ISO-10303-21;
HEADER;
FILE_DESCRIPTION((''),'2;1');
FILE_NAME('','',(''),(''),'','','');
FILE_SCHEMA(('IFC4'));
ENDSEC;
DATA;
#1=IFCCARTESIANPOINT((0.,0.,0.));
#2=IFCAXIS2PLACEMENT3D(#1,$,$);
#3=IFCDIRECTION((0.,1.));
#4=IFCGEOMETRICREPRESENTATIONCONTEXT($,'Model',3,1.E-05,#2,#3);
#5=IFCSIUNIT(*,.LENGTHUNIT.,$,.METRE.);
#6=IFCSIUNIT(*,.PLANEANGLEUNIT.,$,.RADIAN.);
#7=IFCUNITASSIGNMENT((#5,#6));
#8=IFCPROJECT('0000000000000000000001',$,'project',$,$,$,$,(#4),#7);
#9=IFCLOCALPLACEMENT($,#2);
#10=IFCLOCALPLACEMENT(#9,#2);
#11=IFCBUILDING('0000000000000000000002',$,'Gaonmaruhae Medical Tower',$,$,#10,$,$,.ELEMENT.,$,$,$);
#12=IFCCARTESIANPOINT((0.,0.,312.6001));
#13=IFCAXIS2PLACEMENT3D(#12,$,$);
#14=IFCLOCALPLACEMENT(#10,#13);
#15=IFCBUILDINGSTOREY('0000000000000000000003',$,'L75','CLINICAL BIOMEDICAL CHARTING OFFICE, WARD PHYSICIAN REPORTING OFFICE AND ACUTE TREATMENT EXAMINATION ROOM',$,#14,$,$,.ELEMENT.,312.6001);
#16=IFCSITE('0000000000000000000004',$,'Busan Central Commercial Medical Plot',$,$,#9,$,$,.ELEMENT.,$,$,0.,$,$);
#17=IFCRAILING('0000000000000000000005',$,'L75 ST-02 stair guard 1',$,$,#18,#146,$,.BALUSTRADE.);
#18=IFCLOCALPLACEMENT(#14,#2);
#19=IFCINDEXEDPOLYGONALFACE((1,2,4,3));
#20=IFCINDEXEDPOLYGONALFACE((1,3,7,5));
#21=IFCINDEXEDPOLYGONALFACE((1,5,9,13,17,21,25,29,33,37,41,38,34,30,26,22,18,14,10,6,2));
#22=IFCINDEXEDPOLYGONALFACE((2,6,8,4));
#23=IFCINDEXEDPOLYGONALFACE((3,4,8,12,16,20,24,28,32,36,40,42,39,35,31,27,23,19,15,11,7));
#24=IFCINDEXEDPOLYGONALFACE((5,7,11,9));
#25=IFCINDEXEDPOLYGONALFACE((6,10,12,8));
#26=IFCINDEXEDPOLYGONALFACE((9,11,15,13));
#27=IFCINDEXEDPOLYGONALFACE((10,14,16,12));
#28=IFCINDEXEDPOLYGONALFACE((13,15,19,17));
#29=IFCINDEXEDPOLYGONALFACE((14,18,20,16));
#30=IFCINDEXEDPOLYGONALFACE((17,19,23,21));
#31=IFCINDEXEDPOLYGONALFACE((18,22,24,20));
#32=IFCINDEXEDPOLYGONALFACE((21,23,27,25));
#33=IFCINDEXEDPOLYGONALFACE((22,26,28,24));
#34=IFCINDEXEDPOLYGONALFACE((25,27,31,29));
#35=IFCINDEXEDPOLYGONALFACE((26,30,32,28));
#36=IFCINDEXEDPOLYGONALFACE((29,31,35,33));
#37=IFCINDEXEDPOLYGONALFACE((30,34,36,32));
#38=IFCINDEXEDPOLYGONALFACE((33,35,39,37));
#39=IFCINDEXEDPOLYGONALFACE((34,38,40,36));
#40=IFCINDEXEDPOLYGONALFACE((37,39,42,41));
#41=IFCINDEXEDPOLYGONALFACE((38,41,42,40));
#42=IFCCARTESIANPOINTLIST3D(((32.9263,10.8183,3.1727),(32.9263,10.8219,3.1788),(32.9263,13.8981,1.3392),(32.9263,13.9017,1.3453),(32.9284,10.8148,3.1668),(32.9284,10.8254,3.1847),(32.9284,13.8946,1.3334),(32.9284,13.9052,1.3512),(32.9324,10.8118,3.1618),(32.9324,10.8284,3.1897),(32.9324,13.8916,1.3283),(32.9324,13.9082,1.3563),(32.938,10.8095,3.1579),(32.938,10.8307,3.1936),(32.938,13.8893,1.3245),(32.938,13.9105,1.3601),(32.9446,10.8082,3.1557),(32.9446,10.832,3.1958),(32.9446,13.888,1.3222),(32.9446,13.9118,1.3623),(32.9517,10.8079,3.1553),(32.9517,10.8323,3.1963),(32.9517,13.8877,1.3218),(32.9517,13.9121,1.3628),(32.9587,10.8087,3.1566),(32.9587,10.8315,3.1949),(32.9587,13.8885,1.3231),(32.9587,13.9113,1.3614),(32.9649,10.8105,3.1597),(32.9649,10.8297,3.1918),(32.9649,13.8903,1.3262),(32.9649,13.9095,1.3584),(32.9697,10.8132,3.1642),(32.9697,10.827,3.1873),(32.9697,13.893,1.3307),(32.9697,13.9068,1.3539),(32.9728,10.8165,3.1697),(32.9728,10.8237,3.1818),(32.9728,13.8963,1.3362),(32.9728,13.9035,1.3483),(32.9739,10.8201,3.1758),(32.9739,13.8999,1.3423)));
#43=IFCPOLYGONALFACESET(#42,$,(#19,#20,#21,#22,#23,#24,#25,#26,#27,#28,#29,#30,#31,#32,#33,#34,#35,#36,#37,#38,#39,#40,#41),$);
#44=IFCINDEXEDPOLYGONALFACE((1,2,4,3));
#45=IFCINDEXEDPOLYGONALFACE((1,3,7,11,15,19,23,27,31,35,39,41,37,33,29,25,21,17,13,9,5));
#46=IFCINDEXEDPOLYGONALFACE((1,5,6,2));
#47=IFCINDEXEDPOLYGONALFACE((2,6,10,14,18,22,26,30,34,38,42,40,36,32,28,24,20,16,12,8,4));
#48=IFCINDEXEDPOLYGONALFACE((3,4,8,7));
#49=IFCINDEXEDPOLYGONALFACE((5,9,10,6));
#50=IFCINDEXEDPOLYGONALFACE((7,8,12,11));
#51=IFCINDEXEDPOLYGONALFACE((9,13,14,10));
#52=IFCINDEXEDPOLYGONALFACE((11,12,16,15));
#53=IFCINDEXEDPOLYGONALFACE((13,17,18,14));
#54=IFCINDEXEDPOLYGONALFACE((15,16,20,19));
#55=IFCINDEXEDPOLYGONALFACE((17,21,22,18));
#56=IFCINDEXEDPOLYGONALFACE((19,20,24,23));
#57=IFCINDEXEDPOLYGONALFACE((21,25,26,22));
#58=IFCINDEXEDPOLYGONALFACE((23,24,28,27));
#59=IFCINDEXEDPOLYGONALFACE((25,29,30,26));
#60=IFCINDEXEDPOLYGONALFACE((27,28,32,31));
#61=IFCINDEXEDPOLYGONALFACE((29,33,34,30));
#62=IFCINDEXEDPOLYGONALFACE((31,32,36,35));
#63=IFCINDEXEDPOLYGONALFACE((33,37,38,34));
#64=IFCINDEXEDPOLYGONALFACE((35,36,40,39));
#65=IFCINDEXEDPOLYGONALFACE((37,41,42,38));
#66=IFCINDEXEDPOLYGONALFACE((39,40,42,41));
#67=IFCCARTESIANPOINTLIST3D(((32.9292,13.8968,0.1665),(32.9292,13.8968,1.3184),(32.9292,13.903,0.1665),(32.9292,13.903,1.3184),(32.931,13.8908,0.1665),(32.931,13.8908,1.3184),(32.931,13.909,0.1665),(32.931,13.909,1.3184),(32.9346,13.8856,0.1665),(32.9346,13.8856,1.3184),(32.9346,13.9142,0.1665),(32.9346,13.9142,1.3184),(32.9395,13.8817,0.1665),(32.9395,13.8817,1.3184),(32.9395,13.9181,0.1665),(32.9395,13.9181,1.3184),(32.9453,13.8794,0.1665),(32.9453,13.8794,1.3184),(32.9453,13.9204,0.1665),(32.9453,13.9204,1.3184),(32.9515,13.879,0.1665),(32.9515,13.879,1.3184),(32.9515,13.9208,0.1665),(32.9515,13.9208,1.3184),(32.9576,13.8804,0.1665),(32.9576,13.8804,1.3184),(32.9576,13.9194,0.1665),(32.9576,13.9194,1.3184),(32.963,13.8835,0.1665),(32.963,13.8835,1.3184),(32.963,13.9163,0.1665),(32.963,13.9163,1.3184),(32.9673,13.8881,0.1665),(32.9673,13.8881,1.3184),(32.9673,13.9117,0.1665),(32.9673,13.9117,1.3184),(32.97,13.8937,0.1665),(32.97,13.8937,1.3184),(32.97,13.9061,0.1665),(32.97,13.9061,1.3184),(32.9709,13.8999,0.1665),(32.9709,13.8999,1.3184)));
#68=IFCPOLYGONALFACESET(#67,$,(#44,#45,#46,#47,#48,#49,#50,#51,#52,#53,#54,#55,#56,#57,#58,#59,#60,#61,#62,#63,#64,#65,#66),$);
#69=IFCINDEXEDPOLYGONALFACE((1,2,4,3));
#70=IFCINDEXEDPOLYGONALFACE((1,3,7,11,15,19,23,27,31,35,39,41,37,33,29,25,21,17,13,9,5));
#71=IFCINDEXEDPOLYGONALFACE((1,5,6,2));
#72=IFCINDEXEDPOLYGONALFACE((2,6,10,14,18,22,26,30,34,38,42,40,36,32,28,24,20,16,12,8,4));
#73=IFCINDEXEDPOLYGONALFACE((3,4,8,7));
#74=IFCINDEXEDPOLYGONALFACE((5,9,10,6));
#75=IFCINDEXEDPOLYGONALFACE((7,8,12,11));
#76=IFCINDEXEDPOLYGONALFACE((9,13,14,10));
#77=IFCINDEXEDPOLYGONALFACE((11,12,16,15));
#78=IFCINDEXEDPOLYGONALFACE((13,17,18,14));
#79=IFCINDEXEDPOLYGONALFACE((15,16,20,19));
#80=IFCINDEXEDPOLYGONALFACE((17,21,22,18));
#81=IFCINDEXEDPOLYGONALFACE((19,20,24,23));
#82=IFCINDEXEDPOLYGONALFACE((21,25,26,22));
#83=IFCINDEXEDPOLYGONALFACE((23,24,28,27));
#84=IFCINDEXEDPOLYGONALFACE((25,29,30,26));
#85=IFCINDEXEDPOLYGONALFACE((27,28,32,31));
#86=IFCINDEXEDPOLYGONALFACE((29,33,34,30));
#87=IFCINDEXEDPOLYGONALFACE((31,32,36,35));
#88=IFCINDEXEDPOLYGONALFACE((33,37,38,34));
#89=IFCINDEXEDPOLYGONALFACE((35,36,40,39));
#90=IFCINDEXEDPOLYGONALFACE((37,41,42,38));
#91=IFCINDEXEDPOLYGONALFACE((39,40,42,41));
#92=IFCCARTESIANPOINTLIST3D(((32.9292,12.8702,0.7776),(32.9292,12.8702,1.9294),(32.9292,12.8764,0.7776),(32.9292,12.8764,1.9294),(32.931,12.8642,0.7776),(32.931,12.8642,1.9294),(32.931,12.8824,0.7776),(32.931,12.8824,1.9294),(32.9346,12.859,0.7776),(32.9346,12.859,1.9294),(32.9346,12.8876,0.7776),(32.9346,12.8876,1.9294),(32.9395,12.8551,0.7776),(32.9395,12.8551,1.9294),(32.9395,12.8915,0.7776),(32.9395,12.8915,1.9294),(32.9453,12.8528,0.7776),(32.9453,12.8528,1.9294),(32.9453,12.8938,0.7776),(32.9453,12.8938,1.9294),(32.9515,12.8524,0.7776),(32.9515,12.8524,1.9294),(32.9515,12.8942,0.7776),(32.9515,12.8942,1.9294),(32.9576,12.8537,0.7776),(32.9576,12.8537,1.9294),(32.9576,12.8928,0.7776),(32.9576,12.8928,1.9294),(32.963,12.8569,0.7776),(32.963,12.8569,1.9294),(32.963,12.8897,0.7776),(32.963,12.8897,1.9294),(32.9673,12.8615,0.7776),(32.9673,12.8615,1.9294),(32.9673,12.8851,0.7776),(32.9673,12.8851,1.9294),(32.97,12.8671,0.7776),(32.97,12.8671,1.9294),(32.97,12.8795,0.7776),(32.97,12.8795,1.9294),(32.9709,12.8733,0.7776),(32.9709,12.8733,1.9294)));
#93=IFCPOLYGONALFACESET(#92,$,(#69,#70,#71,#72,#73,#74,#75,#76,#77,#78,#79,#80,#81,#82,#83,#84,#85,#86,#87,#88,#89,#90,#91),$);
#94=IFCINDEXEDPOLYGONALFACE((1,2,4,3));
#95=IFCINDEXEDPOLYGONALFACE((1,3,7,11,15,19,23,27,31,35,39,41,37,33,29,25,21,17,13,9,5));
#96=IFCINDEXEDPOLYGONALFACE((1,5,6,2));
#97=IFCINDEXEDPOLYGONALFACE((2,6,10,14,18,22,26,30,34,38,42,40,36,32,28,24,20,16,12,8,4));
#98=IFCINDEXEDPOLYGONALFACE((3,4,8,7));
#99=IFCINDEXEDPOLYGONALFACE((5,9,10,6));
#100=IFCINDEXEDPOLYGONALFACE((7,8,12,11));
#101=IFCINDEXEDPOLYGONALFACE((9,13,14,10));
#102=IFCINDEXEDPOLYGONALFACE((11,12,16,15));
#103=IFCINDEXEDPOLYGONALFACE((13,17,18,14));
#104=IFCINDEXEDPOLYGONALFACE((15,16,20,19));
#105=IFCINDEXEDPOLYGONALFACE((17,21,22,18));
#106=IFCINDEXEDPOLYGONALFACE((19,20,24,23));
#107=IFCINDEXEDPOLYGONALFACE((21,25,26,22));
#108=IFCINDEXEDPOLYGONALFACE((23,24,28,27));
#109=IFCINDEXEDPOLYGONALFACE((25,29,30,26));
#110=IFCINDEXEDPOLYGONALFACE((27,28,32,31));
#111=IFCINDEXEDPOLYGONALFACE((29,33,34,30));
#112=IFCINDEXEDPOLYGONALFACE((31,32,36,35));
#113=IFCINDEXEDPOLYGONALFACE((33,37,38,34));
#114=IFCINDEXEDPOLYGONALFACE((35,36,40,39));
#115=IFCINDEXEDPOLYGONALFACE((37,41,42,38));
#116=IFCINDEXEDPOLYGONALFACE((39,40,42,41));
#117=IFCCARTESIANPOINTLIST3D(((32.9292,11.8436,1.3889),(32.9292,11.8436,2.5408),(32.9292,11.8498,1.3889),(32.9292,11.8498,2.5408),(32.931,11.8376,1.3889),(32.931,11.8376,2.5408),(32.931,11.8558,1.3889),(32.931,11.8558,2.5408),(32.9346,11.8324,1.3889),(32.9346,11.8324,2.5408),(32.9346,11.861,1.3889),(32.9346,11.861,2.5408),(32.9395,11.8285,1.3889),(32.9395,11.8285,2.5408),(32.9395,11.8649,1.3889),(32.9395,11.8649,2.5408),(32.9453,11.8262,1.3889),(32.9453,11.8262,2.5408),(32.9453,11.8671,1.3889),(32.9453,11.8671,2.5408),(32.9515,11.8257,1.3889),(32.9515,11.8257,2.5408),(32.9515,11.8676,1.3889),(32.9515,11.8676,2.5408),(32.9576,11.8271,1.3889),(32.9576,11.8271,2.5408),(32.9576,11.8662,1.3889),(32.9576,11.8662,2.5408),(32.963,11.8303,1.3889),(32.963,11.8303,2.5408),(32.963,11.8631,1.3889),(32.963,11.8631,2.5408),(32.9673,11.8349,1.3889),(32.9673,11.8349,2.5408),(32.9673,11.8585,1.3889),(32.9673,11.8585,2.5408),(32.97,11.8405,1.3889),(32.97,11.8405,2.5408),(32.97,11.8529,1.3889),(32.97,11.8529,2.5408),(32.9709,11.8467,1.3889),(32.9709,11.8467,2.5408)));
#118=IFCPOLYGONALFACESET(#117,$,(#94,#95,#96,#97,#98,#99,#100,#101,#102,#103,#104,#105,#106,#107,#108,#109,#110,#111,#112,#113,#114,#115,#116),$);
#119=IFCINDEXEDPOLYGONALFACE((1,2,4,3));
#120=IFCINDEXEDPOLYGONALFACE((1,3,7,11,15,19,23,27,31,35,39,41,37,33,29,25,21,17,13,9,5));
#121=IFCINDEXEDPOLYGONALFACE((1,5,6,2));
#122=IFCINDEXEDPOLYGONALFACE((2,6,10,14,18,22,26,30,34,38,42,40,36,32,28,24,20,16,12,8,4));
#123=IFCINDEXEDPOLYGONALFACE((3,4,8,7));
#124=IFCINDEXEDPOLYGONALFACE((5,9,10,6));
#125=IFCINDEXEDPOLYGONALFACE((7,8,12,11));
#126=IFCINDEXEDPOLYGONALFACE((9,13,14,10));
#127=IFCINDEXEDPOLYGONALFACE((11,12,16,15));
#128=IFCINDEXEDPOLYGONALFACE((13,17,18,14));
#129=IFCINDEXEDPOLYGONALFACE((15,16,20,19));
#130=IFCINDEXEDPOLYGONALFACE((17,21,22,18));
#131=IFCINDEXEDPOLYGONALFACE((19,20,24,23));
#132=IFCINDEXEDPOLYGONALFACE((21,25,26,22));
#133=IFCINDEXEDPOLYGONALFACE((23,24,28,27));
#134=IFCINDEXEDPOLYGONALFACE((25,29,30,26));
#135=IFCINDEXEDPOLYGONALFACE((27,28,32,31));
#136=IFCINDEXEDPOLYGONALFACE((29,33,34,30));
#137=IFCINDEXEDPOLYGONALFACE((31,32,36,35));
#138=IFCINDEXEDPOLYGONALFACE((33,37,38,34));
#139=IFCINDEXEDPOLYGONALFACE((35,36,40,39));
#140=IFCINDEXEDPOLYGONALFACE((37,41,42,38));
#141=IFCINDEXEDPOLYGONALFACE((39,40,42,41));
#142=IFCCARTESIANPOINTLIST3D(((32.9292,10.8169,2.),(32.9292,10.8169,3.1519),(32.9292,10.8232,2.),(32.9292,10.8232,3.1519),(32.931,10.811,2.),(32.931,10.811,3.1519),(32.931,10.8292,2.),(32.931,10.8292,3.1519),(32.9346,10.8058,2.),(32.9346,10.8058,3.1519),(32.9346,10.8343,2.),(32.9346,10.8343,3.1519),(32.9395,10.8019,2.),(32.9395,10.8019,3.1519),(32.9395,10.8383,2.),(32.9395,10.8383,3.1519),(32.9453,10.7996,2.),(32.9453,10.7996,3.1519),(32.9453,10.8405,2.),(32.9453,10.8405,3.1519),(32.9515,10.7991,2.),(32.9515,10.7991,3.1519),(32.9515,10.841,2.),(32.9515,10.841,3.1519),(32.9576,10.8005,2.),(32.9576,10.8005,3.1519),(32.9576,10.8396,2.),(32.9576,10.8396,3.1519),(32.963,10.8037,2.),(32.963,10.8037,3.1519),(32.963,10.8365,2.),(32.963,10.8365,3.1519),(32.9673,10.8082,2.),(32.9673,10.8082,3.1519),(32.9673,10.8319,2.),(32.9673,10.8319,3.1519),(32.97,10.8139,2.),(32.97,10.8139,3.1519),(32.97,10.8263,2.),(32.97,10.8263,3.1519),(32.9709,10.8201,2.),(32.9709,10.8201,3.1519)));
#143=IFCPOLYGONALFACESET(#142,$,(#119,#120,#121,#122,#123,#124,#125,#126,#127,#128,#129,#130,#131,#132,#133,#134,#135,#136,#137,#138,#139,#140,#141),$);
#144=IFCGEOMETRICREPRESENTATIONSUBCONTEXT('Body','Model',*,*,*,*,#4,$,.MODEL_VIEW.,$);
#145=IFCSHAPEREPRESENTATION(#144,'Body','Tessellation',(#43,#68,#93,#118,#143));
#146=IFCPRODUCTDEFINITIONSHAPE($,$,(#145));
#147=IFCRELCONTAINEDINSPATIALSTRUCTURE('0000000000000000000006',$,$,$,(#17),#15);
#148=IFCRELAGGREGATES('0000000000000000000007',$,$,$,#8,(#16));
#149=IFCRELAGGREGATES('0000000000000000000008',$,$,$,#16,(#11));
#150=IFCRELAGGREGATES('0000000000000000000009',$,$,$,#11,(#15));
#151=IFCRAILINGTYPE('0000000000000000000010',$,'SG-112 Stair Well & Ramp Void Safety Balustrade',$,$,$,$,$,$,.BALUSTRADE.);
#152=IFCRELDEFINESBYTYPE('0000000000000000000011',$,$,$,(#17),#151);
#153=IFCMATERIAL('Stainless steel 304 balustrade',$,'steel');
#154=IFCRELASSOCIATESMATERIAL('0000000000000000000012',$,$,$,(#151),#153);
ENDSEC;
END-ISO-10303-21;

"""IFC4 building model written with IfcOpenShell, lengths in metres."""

from ifc_helpers import new_model, si_unit, direction, frame, origin, origin_2d, place, context, subcontext, project, spatial, circle, extrude, material, type_object, element, save


model = new_model("IFC4")

# Units and contexts
model_context = context("Model", 3, precision=1e-05, world=origin(), true_north=direction((0.0, 1.0)))
body_context = subcontext(model_context, "Body", "Model", "MODEL_VIEW")
ifc_project = project(units=[si_unit("LENGTHUNIT", "METRE"), si_unit("PLANEANGLEUNIT", "RADIAN")], contexts=[model_context])

# Site, building, storey
site_placement = place(None, origin())
site = spatial("IfcSite", under=ifc_project, at=site_placement, Name="Busan Central Commercial Medical Plot", CompositionType="ELEMENT", RefElevation=0.0)
building_placement = place(site_placement, origin())
building = spatial("IfcBuilding", under=site, at=building_placement, Name="Gaonmaruhae Medical Tower", CompositionType="ELEMENT")
storey_placement = place(building_placement, frame((0.0, 0.0, 312.6001)))
storey = spatial("IfcBuildingStorey", under=building, at=storey_placement, Name="L75", Description="CLINICAL BIOMEDICAL CHARTING OFFICE, WARD PHYSICIAN REPORTING OFFICE AND ACUTE TREATMENT EXAMINATION ROOM", CompositionType="ELEMENT", Elevation=312.6001)

# Railing
ifc_material_1 = material(Name="Stainless steel 304 balustrade", Category="steel")
railing_type_1 = type_object("IfcRailingType", Name="SG-112 Stair Well & Ramp Void Safety Balustrade", PredefinedType="BALUSTRADE", material=ifc_material_1)
railing_1_placement = place(storey_placement, frame((32.95, 13.8999, 0.1665)))
element("IfcRailing", 1, at=railing_1_placement, inside=storey, type_object=railing_type_1, Name="L75 ST-02 stair guard 1", PredefinedType="BALUSTRADE", context=body_context, shape_type="SweptSolid", body=[
    extrude(circle(Radius=0.0239, at=origin_2d()), frame((0.0, 0.0, 1.1758), z_axis=(0.0, -0.859261, 0.511538), x_axis=(1.0, 0.0, 0.0)), (0.0, 0.0, 1.0), 3.5842),
    extrude(circle(Radius=0.021, at=origin_2d()), origin(), (0.0, 0.0, 1.0), 1.1519),
    extrude(circle(Radius=0.021, at=origin_2d()), frame((0.0, -1.0266, 0.6111)), (0.0, 0.0, 1.0), 1.1519),
    extrude(circle(Radius=0.021, at=origin_2d()), frame((0.0, -2.0532, 1.2224)), (0.0, 0.0, 1.0), 1.1519),
    extrude(circle(Radius=0.021, at=origin_2d()), frame((0.0, -3.0798, 1.8335)), (0.0, 0.0, 1.0), 1.1519),
])

save(model, "model.ifc")
